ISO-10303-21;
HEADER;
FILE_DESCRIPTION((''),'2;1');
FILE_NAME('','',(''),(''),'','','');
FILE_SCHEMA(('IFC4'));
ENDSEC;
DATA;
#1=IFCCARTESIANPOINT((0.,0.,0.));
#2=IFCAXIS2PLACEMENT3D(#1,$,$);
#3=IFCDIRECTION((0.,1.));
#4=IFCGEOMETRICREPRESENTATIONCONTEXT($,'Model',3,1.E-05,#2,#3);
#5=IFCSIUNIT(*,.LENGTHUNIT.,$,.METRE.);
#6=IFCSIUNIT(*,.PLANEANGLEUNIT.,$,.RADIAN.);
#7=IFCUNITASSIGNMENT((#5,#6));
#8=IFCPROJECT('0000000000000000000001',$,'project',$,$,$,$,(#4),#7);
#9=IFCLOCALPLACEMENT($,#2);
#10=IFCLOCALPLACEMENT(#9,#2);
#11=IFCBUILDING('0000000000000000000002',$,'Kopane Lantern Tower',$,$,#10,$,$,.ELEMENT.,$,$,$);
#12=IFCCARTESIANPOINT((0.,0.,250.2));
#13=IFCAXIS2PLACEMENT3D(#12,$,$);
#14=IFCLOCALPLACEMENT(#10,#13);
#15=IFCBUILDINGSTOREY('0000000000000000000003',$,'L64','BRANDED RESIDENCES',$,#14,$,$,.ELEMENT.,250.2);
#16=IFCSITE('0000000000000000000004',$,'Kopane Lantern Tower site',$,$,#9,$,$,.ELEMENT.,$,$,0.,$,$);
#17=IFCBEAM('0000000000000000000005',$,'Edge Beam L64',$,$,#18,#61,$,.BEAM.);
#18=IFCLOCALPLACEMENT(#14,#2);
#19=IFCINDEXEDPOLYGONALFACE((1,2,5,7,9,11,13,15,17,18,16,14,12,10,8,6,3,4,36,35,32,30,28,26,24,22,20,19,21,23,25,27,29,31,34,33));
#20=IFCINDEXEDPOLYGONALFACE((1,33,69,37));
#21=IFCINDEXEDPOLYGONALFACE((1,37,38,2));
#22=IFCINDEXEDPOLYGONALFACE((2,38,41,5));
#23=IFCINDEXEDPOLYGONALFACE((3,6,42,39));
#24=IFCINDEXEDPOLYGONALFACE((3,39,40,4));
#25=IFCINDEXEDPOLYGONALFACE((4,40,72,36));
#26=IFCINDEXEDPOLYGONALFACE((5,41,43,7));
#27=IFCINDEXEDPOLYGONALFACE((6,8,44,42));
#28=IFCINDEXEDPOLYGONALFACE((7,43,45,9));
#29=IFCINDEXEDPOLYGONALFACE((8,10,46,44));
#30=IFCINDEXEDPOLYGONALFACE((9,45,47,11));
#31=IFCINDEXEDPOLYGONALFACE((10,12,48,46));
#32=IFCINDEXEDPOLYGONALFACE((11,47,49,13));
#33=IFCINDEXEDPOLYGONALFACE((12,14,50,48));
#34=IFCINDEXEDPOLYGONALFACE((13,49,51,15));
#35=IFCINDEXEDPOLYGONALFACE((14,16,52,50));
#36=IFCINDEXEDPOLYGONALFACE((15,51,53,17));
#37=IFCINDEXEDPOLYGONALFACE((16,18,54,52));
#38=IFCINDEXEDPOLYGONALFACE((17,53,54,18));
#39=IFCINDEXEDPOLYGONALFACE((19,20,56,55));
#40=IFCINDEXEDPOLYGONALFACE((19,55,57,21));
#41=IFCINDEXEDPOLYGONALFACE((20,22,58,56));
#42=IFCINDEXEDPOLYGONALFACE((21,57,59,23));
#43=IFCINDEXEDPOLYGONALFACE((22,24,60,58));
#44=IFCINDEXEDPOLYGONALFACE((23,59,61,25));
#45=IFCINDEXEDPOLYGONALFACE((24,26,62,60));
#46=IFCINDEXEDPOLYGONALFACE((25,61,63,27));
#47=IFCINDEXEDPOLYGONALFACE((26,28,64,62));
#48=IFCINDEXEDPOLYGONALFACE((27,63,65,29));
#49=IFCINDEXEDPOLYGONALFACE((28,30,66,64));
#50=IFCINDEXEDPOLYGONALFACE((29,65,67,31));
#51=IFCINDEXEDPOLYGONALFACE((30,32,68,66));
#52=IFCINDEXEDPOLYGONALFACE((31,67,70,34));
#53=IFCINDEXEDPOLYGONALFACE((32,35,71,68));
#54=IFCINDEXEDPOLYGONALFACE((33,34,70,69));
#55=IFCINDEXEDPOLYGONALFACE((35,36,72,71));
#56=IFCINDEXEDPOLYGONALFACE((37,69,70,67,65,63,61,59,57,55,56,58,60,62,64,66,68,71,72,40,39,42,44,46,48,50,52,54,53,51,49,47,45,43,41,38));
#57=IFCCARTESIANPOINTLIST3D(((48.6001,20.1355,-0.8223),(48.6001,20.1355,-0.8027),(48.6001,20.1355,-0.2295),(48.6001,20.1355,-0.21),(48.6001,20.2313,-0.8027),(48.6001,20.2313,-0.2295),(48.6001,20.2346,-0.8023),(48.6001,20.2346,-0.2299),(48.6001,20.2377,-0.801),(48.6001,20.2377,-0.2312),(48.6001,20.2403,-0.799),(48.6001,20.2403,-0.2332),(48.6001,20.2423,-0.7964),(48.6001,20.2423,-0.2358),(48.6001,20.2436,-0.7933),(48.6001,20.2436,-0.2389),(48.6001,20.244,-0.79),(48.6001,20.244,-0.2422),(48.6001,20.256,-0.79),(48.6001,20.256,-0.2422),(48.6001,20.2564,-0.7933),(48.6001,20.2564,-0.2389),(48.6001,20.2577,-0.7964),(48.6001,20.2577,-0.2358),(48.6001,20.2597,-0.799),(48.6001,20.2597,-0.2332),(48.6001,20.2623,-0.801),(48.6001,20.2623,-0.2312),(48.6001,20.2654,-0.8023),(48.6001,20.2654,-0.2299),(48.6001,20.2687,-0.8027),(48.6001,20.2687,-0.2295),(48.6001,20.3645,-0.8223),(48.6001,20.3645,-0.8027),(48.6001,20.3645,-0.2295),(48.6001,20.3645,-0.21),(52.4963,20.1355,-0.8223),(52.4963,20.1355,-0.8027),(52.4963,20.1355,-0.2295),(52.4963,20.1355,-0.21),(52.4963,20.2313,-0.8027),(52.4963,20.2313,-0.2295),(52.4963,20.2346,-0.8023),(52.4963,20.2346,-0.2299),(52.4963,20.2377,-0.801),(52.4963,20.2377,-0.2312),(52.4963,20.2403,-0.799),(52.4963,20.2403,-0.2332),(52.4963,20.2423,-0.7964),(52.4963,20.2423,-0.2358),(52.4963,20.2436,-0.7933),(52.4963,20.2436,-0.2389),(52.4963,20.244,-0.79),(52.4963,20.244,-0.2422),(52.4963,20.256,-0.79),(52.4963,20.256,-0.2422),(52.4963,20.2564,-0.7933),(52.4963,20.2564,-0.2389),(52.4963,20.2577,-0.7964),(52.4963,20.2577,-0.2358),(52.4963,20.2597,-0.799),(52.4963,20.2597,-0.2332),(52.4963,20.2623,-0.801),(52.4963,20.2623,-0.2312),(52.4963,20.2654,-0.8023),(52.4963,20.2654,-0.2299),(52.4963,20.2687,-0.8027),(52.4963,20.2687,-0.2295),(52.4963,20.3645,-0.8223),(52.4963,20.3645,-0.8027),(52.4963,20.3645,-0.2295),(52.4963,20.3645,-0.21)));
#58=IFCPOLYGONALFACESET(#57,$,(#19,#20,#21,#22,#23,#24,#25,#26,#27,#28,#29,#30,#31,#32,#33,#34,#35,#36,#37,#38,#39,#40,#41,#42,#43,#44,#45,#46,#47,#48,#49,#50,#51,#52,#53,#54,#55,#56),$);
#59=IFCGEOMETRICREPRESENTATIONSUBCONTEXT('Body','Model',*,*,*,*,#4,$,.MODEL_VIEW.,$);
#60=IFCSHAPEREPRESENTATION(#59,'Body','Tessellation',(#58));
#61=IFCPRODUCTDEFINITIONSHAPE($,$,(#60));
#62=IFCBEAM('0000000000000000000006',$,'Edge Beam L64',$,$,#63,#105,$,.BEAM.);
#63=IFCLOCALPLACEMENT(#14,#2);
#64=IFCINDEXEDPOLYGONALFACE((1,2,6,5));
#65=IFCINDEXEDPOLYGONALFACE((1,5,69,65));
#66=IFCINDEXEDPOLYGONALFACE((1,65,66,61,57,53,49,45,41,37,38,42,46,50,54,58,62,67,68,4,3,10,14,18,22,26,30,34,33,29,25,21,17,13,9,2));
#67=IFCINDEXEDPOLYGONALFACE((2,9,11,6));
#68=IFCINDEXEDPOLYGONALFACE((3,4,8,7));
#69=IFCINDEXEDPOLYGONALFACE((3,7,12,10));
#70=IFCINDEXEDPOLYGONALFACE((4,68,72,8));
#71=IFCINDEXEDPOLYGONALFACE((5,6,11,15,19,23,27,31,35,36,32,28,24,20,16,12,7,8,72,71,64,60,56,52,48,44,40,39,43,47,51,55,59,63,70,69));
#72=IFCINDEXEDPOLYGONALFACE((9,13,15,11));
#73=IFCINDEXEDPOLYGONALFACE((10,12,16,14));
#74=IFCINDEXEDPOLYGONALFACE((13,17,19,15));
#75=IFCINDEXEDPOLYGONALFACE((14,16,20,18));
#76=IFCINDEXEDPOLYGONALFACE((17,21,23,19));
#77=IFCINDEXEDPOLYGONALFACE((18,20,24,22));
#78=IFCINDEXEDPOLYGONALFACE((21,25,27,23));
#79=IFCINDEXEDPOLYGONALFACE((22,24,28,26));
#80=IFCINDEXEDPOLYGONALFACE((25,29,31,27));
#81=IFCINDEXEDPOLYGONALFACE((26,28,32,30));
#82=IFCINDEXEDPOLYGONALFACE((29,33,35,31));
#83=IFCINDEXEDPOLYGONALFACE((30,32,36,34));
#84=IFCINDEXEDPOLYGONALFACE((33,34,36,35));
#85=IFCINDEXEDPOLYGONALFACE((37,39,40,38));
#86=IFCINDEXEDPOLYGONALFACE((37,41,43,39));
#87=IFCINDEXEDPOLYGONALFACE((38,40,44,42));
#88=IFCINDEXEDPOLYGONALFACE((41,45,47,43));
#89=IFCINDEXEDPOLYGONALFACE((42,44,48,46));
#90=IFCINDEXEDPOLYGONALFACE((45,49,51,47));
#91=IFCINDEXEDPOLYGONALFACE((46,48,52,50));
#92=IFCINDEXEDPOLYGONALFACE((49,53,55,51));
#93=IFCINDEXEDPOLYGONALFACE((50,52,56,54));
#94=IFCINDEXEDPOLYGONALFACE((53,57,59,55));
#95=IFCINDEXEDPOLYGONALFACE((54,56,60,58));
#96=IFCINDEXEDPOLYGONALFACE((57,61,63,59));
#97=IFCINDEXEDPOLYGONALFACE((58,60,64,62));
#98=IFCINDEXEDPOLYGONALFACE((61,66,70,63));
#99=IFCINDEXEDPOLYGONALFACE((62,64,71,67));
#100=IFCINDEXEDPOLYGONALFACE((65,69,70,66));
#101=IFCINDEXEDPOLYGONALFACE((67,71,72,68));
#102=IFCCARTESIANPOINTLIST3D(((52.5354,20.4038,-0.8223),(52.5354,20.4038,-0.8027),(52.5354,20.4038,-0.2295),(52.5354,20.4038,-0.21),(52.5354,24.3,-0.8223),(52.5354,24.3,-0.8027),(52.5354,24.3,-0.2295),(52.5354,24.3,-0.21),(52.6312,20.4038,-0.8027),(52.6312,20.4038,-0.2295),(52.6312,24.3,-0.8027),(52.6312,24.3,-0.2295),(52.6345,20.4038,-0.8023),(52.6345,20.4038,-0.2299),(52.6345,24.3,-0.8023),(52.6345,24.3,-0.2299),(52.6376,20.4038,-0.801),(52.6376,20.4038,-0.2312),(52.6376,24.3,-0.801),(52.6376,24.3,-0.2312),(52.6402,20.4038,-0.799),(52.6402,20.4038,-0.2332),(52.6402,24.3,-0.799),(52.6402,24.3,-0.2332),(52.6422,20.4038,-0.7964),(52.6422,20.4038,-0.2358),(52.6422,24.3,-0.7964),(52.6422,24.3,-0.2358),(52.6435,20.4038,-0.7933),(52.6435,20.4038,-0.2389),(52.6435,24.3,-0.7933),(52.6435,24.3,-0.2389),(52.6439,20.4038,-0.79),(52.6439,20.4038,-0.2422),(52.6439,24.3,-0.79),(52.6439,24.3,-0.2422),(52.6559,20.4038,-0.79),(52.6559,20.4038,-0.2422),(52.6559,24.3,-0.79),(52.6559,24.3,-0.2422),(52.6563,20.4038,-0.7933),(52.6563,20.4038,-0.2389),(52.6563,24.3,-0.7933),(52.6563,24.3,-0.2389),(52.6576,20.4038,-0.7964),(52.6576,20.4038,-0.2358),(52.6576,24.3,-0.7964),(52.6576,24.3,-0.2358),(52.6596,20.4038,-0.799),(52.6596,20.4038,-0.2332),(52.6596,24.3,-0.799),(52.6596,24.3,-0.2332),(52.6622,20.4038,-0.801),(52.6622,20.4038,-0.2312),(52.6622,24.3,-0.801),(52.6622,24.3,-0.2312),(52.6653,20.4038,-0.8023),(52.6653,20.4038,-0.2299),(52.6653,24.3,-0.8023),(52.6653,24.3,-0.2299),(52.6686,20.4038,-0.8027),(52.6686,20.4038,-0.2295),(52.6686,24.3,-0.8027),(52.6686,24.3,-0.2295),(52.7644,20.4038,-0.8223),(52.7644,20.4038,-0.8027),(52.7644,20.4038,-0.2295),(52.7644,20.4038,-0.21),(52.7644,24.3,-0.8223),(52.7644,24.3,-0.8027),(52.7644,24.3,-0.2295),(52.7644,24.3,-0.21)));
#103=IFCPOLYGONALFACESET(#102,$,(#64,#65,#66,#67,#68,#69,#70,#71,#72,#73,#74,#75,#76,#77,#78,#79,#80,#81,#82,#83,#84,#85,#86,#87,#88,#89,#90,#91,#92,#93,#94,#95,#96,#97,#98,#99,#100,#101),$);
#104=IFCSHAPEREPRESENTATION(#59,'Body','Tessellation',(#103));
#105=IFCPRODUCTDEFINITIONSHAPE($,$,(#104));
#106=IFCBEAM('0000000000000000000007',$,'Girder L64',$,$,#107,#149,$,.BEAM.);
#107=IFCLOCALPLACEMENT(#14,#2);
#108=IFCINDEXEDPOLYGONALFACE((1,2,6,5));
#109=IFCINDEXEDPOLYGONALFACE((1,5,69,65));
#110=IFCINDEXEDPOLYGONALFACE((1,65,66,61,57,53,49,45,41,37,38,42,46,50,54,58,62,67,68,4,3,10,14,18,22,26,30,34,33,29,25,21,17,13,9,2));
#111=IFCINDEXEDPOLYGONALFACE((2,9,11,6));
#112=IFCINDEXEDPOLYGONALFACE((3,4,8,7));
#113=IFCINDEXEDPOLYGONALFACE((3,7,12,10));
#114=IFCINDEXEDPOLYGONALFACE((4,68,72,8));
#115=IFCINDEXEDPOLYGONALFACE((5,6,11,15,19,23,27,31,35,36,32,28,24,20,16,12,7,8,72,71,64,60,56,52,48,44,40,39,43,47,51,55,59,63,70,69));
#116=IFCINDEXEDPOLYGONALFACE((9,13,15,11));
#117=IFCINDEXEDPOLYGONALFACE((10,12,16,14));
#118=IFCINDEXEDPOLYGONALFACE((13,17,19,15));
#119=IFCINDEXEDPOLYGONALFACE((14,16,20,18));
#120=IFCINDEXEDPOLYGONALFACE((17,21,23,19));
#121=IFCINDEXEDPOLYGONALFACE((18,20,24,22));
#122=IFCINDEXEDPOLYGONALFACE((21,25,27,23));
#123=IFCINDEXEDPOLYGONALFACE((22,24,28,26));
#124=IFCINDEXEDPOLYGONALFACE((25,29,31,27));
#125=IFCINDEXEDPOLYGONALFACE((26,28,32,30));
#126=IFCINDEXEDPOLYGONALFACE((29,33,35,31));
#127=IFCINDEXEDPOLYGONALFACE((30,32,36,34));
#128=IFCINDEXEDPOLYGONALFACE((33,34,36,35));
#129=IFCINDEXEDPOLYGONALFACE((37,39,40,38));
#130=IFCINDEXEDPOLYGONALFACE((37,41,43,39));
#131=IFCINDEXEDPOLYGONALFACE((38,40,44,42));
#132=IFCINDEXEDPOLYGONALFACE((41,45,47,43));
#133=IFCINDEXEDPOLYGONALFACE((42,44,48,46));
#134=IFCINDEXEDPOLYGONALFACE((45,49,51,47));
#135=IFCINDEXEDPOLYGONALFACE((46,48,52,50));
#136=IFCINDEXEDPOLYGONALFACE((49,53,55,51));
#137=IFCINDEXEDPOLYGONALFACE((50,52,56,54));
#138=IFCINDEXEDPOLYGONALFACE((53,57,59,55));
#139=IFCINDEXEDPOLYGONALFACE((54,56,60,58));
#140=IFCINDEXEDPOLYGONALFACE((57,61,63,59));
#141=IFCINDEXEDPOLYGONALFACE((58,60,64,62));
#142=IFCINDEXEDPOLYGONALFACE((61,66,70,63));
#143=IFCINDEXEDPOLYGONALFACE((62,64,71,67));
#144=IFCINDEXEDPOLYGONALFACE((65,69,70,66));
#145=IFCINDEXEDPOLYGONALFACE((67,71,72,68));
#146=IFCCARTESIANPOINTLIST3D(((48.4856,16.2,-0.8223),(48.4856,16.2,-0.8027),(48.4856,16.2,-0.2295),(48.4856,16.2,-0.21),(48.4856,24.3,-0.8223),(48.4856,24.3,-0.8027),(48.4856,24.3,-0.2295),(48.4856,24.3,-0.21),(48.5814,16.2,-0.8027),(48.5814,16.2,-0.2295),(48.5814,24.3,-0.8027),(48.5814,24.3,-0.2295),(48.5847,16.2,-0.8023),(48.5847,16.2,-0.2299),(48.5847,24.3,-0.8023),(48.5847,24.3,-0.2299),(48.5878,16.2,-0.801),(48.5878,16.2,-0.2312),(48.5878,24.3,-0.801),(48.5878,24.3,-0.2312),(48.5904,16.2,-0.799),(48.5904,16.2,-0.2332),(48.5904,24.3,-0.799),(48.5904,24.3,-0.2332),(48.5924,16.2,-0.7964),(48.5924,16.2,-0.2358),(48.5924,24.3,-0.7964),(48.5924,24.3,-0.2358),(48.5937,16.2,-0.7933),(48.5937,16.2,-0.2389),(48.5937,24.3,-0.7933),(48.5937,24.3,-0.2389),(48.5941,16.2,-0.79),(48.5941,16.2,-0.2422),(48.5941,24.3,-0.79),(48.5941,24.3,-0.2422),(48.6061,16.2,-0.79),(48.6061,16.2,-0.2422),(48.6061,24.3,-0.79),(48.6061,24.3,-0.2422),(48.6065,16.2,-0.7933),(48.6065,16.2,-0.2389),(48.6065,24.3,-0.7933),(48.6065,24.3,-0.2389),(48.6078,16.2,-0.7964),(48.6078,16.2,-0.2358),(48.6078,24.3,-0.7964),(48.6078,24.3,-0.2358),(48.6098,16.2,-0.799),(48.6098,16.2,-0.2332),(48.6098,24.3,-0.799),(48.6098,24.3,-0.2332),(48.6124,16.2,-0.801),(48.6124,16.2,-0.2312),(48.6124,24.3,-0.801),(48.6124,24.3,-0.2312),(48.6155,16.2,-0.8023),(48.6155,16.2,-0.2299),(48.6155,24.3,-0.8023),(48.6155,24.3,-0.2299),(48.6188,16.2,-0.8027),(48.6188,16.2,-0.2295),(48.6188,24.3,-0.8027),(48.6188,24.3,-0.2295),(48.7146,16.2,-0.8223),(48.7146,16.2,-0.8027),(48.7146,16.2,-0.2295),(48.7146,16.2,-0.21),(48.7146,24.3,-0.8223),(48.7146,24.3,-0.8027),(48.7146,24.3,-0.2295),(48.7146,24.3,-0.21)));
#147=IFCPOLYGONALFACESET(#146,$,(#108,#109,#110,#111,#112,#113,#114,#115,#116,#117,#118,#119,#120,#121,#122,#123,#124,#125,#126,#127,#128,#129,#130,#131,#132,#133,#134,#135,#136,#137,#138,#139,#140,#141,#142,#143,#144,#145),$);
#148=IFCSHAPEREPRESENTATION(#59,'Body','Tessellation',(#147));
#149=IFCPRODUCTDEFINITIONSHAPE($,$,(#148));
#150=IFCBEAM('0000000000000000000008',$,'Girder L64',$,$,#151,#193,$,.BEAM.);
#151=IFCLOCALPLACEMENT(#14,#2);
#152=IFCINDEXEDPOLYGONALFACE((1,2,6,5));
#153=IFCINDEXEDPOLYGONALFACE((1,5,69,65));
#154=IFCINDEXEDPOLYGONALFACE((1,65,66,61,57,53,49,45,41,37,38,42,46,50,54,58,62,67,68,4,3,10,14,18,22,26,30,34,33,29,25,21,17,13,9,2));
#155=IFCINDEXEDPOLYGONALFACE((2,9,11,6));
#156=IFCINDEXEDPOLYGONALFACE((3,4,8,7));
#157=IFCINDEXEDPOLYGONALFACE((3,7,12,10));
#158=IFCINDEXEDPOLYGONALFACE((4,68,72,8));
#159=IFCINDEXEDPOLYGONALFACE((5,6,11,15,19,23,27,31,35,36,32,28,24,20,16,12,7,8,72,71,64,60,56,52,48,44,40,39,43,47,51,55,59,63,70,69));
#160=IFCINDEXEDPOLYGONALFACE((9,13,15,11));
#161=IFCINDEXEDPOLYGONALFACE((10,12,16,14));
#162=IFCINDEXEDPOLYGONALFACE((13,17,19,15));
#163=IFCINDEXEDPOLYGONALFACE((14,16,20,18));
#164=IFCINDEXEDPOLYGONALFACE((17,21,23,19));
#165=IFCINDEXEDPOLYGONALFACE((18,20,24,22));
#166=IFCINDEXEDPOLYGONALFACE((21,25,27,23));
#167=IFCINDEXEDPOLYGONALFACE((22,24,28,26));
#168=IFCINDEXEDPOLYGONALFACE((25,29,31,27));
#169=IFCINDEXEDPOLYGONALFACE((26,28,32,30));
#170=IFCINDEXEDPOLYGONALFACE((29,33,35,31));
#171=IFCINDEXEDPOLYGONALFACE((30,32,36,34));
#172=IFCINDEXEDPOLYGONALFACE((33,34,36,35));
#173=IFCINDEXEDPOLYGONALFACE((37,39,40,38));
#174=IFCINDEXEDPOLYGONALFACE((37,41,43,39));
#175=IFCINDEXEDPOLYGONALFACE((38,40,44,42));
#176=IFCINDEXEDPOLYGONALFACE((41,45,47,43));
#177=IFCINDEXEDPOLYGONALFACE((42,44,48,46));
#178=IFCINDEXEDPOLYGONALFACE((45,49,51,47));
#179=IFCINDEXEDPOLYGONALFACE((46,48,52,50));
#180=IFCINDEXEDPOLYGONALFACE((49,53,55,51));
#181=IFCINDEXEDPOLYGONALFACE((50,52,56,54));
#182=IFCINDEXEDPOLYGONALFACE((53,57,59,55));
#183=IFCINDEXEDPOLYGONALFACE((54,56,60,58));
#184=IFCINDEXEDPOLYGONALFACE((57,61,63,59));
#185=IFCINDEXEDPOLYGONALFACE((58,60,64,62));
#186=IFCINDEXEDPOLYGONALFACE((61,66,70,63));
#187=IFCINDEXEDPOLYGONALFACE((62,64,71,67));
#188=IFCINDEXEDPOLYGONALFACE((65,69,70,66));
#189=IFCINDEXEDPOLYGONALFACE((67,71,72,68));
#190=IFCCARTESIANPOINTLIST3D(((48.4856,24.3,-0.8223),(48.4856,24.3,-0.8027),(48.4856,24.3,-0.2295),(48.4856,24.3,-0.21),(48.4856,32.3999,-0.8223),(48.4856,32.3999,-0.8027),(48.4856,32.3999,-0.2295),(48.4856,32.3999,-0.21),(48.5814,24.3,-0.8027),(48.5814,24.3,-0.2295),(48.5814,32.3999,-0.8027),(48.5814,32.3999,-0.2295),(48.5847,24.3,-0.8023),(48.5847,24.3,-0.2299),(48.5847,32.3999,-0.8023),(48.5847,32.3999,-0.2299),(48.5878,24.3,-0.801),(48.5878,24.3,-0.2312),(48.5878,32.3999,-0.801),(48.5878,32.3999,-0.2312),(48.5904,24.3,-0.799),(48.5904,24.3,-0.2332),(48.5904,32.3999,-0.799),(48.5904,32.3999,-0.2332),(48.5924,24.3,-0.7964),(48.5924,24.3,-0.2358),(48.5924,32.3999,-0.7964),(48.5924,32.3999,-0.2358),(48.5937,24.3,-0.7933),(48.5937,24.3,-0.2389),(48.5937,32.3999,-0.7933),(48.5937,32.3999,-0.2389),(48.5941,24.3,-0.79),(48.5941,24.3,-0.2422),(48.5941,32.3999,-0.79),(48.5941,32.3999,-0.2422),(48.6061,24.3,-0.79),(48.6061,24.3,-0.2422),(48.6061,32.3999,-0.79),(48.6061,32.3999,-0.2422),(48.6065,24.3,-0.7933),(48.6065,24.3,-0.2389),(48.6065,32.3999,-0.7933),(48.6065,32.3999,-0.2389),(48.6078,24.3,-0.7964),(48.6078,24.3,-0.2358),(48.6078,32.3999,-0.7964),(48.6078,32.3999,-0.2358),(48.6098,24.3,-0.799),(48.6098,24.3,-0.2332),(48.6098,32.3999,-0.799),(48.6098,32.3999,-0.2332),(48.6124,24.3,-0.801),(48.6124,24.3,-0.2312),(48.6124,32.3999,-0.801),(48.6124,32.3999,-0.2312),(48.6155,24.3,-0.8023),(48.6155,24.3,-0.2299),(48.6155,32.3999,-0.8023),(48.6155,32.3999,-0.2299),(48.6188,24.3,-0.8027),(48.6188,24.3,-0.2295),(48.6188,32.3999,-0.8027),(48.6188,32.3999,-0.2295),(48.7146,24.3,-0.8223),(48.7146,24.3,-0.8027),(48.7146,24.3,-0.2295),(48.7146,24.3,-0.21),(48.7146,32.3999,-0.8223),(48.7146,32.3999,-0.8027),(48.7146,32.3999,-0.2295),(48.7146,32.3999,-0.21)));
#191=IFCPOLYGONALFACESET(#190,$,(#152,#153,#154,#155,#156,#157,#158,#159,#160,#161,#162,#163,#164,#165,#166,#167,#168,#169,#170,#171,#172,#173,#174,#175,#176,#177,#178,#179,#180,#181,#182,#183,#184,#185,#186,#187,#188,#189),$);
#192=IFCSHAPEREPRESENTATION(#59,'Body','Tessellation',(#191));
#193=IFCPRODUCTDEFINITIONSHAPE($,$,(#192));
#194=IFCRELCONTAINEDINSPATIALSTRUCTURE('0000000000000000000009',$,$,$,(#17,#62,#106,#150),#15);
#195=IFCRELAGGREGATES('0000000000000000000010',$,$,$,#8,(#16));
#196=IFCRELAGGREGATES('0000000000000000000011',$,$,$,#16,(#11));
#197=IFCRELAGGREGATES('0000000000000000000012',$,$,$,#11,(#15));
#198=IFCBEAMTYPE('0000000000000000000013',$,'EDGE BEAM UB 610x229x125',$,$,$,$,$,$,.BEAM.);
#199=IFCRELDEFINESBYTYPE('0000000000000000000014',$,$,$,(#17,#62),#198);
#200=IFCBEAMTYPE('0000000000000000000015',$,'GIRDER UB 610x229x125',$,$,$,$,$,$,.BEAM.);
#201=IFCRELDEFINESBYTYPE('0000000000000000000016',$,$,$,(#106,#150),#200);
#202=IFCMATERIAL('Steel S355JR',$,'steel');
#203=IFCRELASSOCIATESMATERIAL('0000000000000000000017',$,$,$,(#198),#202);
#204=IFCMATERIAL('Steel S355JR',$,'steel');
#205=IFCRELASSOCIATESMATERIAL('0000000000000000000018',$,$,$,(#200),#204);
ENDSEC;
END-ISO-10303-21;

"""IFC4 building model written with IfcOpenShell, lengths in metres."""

from ifc_helpers import new_model, si_unit, direction, frame, origin, origin_2d, place, context, subcontext, project, spatial, i_section, extrude, material, material_profile, profile_set, type_object, element, save


model = new_model("IFC4")

# Units and contexts
model_context = context("Model", 3, precision=1e-05, world=origin(), true_north=direction((0.0, 1.0)))
body_context = subcontext(model_context, "Body", "Model", "MODEL_VIEW")
ifc_project = project(units=[si_unit("LENGTHUNIT", "METRE"), si_unit("PLANEANGLEUNIT", "RADIAN")], contexts=[model_context])

# Site, building, storey
site_placement = place(None, origin())
site = spatial("IfcSite", under=ifc_project, at=site_placement, Name="Kopane Lantern Tower site", CompositionType="ELEMENT", RefElevation=0.0)
building_placement = place(site_placement, origin())
building = spatial("IfcBuilding", under=site, at=building_placement, Name="Kopane Lantern Tower", CompositionType="ELEMENT")
storey_placement = place(building_placement, frame((0.0, 0.0, 250.2)))
storey = spatial("IfcBuildingStorey", under=building, at=storey_placement, Name="L64", Description="BRANDED RESIDENCES", CompositionType="ELEMENT", Elevation=250.2)

# Beams
ifc_material_1 = material(Name="Steel S355JR", Category="steel")
ifc_material_profile_1 = material_profile(ifc_material_1, i_section(OverallWidth=0.229, OverallDepth=0.6123, WebThickness=0.012, FlangeThickness=0.0195, FilletRadius=0.0127, at=origin_2d()), Name="UB 610x229x125")
ifc_profile_set_1 = profile_set([ifc_material_profile_1], Name="Steel S355JR")
beam_type_1 = type_object("IfcBeamType", Name="EDGE BEAM UB 610x229x125", PredefinedType="BEAM", material=ifc_profile_set_1)
for number, where, z_axis, x_axis, name in (
    (1, (52.4963, 20.25, -0.5161), (-1.0, 0.0, 0.0), (0.0, -1.0, 0.0), "Edge Beam L64"),
    (2, (52.6499, 20.4038, -0.5161), (0.0, 1.0, 0.0), (-1.0, 0.0, 0.0), "Edge Beam L64"),
):
    element("IfcBeam", number, at=place(storey_placement, frame(where, z_axis=z_axis, x_axis=x_axis)), inside=storey, type_object=beam_type_1, Name=name, PredefinedType="BEAM", context=body_context, shape_type="SweptSolid", body=[
        extrude(i_section(OverallWidth=0.229, OverallDepth=0.6123, WebThickness=0.012, FlangeThickness=0.0195, FilletRadius=0.0127, at=origin_2d()), origin(), (0.0, 0.0, 1.0), 3.8962),
    ])
ifc_material_2 = material(Name="Steel S355JR", Category="steel")
ifc_material_profile_2 = material_profile(ifc_material_2, i_section(OverallWidth=0.229, OverallDepth=0.6123, WebThickness=0.012, FlangeThickness=0.0195, FilletRadius=0.0127, at=origin_2d()), Name="UB 610x229x125")
ifc_profile_set_2 = profile_set([ifc_material_profile_2], Name="Steel S355JR")
beam_type_2 = type_object("IfcBeamType", Name="GIRDER UB 610x229x125", PredefinedType="BEAM", material=ifc_profile_set_2)
beam_1_placement = place(storey_placement, frame((48.6001, 16.2, -0.5161), z_axis=(0.0, 1.0, 0.0), x_axis=(-1.0, 0.0, 0.0)))
element("IfcBeam", 3, at=beam_1_placement, inside=storey, type_object=beam_type_2, Name="Girder L64", PredefinedType="BEAM", context=body_context, shape_type="SweptSolid", body=[
    extrude(i_section(OverallWidth=0.229, OverallDepth=0.6123, WebThickness=0.012, FlangeThickness=0.0195, FilletRadius=0.0127, at=origin_2d()), origin(), (0.0, 0.0, 1.0), 8.1001),
])
beam_2_placement = place(storey_placement, frame((48.6001, 24.3, -0.5161), z_axis=(0.0, 1.0, 0.0), x_axis=(-1.0, 0.0, 0.0)))
element("IfcBeam", 4, at=beam_2_placement, inside=storey, type_object=beam_type_2, Name="Girder L64", PredefinedType="BEAM", context=body_context, shape_type="SweptSolid", body=[
    extrude(i_section(OverallWidth=0.229, OverallDepth=0.6123, WebThickness=0.012, FlangeThickness=0.0195, FilletRadius=0.0127, at=origin_2d()), origin(), (0.0, 0.0, 1.0), 8.0999),
])

save(model, "model.ifc")
